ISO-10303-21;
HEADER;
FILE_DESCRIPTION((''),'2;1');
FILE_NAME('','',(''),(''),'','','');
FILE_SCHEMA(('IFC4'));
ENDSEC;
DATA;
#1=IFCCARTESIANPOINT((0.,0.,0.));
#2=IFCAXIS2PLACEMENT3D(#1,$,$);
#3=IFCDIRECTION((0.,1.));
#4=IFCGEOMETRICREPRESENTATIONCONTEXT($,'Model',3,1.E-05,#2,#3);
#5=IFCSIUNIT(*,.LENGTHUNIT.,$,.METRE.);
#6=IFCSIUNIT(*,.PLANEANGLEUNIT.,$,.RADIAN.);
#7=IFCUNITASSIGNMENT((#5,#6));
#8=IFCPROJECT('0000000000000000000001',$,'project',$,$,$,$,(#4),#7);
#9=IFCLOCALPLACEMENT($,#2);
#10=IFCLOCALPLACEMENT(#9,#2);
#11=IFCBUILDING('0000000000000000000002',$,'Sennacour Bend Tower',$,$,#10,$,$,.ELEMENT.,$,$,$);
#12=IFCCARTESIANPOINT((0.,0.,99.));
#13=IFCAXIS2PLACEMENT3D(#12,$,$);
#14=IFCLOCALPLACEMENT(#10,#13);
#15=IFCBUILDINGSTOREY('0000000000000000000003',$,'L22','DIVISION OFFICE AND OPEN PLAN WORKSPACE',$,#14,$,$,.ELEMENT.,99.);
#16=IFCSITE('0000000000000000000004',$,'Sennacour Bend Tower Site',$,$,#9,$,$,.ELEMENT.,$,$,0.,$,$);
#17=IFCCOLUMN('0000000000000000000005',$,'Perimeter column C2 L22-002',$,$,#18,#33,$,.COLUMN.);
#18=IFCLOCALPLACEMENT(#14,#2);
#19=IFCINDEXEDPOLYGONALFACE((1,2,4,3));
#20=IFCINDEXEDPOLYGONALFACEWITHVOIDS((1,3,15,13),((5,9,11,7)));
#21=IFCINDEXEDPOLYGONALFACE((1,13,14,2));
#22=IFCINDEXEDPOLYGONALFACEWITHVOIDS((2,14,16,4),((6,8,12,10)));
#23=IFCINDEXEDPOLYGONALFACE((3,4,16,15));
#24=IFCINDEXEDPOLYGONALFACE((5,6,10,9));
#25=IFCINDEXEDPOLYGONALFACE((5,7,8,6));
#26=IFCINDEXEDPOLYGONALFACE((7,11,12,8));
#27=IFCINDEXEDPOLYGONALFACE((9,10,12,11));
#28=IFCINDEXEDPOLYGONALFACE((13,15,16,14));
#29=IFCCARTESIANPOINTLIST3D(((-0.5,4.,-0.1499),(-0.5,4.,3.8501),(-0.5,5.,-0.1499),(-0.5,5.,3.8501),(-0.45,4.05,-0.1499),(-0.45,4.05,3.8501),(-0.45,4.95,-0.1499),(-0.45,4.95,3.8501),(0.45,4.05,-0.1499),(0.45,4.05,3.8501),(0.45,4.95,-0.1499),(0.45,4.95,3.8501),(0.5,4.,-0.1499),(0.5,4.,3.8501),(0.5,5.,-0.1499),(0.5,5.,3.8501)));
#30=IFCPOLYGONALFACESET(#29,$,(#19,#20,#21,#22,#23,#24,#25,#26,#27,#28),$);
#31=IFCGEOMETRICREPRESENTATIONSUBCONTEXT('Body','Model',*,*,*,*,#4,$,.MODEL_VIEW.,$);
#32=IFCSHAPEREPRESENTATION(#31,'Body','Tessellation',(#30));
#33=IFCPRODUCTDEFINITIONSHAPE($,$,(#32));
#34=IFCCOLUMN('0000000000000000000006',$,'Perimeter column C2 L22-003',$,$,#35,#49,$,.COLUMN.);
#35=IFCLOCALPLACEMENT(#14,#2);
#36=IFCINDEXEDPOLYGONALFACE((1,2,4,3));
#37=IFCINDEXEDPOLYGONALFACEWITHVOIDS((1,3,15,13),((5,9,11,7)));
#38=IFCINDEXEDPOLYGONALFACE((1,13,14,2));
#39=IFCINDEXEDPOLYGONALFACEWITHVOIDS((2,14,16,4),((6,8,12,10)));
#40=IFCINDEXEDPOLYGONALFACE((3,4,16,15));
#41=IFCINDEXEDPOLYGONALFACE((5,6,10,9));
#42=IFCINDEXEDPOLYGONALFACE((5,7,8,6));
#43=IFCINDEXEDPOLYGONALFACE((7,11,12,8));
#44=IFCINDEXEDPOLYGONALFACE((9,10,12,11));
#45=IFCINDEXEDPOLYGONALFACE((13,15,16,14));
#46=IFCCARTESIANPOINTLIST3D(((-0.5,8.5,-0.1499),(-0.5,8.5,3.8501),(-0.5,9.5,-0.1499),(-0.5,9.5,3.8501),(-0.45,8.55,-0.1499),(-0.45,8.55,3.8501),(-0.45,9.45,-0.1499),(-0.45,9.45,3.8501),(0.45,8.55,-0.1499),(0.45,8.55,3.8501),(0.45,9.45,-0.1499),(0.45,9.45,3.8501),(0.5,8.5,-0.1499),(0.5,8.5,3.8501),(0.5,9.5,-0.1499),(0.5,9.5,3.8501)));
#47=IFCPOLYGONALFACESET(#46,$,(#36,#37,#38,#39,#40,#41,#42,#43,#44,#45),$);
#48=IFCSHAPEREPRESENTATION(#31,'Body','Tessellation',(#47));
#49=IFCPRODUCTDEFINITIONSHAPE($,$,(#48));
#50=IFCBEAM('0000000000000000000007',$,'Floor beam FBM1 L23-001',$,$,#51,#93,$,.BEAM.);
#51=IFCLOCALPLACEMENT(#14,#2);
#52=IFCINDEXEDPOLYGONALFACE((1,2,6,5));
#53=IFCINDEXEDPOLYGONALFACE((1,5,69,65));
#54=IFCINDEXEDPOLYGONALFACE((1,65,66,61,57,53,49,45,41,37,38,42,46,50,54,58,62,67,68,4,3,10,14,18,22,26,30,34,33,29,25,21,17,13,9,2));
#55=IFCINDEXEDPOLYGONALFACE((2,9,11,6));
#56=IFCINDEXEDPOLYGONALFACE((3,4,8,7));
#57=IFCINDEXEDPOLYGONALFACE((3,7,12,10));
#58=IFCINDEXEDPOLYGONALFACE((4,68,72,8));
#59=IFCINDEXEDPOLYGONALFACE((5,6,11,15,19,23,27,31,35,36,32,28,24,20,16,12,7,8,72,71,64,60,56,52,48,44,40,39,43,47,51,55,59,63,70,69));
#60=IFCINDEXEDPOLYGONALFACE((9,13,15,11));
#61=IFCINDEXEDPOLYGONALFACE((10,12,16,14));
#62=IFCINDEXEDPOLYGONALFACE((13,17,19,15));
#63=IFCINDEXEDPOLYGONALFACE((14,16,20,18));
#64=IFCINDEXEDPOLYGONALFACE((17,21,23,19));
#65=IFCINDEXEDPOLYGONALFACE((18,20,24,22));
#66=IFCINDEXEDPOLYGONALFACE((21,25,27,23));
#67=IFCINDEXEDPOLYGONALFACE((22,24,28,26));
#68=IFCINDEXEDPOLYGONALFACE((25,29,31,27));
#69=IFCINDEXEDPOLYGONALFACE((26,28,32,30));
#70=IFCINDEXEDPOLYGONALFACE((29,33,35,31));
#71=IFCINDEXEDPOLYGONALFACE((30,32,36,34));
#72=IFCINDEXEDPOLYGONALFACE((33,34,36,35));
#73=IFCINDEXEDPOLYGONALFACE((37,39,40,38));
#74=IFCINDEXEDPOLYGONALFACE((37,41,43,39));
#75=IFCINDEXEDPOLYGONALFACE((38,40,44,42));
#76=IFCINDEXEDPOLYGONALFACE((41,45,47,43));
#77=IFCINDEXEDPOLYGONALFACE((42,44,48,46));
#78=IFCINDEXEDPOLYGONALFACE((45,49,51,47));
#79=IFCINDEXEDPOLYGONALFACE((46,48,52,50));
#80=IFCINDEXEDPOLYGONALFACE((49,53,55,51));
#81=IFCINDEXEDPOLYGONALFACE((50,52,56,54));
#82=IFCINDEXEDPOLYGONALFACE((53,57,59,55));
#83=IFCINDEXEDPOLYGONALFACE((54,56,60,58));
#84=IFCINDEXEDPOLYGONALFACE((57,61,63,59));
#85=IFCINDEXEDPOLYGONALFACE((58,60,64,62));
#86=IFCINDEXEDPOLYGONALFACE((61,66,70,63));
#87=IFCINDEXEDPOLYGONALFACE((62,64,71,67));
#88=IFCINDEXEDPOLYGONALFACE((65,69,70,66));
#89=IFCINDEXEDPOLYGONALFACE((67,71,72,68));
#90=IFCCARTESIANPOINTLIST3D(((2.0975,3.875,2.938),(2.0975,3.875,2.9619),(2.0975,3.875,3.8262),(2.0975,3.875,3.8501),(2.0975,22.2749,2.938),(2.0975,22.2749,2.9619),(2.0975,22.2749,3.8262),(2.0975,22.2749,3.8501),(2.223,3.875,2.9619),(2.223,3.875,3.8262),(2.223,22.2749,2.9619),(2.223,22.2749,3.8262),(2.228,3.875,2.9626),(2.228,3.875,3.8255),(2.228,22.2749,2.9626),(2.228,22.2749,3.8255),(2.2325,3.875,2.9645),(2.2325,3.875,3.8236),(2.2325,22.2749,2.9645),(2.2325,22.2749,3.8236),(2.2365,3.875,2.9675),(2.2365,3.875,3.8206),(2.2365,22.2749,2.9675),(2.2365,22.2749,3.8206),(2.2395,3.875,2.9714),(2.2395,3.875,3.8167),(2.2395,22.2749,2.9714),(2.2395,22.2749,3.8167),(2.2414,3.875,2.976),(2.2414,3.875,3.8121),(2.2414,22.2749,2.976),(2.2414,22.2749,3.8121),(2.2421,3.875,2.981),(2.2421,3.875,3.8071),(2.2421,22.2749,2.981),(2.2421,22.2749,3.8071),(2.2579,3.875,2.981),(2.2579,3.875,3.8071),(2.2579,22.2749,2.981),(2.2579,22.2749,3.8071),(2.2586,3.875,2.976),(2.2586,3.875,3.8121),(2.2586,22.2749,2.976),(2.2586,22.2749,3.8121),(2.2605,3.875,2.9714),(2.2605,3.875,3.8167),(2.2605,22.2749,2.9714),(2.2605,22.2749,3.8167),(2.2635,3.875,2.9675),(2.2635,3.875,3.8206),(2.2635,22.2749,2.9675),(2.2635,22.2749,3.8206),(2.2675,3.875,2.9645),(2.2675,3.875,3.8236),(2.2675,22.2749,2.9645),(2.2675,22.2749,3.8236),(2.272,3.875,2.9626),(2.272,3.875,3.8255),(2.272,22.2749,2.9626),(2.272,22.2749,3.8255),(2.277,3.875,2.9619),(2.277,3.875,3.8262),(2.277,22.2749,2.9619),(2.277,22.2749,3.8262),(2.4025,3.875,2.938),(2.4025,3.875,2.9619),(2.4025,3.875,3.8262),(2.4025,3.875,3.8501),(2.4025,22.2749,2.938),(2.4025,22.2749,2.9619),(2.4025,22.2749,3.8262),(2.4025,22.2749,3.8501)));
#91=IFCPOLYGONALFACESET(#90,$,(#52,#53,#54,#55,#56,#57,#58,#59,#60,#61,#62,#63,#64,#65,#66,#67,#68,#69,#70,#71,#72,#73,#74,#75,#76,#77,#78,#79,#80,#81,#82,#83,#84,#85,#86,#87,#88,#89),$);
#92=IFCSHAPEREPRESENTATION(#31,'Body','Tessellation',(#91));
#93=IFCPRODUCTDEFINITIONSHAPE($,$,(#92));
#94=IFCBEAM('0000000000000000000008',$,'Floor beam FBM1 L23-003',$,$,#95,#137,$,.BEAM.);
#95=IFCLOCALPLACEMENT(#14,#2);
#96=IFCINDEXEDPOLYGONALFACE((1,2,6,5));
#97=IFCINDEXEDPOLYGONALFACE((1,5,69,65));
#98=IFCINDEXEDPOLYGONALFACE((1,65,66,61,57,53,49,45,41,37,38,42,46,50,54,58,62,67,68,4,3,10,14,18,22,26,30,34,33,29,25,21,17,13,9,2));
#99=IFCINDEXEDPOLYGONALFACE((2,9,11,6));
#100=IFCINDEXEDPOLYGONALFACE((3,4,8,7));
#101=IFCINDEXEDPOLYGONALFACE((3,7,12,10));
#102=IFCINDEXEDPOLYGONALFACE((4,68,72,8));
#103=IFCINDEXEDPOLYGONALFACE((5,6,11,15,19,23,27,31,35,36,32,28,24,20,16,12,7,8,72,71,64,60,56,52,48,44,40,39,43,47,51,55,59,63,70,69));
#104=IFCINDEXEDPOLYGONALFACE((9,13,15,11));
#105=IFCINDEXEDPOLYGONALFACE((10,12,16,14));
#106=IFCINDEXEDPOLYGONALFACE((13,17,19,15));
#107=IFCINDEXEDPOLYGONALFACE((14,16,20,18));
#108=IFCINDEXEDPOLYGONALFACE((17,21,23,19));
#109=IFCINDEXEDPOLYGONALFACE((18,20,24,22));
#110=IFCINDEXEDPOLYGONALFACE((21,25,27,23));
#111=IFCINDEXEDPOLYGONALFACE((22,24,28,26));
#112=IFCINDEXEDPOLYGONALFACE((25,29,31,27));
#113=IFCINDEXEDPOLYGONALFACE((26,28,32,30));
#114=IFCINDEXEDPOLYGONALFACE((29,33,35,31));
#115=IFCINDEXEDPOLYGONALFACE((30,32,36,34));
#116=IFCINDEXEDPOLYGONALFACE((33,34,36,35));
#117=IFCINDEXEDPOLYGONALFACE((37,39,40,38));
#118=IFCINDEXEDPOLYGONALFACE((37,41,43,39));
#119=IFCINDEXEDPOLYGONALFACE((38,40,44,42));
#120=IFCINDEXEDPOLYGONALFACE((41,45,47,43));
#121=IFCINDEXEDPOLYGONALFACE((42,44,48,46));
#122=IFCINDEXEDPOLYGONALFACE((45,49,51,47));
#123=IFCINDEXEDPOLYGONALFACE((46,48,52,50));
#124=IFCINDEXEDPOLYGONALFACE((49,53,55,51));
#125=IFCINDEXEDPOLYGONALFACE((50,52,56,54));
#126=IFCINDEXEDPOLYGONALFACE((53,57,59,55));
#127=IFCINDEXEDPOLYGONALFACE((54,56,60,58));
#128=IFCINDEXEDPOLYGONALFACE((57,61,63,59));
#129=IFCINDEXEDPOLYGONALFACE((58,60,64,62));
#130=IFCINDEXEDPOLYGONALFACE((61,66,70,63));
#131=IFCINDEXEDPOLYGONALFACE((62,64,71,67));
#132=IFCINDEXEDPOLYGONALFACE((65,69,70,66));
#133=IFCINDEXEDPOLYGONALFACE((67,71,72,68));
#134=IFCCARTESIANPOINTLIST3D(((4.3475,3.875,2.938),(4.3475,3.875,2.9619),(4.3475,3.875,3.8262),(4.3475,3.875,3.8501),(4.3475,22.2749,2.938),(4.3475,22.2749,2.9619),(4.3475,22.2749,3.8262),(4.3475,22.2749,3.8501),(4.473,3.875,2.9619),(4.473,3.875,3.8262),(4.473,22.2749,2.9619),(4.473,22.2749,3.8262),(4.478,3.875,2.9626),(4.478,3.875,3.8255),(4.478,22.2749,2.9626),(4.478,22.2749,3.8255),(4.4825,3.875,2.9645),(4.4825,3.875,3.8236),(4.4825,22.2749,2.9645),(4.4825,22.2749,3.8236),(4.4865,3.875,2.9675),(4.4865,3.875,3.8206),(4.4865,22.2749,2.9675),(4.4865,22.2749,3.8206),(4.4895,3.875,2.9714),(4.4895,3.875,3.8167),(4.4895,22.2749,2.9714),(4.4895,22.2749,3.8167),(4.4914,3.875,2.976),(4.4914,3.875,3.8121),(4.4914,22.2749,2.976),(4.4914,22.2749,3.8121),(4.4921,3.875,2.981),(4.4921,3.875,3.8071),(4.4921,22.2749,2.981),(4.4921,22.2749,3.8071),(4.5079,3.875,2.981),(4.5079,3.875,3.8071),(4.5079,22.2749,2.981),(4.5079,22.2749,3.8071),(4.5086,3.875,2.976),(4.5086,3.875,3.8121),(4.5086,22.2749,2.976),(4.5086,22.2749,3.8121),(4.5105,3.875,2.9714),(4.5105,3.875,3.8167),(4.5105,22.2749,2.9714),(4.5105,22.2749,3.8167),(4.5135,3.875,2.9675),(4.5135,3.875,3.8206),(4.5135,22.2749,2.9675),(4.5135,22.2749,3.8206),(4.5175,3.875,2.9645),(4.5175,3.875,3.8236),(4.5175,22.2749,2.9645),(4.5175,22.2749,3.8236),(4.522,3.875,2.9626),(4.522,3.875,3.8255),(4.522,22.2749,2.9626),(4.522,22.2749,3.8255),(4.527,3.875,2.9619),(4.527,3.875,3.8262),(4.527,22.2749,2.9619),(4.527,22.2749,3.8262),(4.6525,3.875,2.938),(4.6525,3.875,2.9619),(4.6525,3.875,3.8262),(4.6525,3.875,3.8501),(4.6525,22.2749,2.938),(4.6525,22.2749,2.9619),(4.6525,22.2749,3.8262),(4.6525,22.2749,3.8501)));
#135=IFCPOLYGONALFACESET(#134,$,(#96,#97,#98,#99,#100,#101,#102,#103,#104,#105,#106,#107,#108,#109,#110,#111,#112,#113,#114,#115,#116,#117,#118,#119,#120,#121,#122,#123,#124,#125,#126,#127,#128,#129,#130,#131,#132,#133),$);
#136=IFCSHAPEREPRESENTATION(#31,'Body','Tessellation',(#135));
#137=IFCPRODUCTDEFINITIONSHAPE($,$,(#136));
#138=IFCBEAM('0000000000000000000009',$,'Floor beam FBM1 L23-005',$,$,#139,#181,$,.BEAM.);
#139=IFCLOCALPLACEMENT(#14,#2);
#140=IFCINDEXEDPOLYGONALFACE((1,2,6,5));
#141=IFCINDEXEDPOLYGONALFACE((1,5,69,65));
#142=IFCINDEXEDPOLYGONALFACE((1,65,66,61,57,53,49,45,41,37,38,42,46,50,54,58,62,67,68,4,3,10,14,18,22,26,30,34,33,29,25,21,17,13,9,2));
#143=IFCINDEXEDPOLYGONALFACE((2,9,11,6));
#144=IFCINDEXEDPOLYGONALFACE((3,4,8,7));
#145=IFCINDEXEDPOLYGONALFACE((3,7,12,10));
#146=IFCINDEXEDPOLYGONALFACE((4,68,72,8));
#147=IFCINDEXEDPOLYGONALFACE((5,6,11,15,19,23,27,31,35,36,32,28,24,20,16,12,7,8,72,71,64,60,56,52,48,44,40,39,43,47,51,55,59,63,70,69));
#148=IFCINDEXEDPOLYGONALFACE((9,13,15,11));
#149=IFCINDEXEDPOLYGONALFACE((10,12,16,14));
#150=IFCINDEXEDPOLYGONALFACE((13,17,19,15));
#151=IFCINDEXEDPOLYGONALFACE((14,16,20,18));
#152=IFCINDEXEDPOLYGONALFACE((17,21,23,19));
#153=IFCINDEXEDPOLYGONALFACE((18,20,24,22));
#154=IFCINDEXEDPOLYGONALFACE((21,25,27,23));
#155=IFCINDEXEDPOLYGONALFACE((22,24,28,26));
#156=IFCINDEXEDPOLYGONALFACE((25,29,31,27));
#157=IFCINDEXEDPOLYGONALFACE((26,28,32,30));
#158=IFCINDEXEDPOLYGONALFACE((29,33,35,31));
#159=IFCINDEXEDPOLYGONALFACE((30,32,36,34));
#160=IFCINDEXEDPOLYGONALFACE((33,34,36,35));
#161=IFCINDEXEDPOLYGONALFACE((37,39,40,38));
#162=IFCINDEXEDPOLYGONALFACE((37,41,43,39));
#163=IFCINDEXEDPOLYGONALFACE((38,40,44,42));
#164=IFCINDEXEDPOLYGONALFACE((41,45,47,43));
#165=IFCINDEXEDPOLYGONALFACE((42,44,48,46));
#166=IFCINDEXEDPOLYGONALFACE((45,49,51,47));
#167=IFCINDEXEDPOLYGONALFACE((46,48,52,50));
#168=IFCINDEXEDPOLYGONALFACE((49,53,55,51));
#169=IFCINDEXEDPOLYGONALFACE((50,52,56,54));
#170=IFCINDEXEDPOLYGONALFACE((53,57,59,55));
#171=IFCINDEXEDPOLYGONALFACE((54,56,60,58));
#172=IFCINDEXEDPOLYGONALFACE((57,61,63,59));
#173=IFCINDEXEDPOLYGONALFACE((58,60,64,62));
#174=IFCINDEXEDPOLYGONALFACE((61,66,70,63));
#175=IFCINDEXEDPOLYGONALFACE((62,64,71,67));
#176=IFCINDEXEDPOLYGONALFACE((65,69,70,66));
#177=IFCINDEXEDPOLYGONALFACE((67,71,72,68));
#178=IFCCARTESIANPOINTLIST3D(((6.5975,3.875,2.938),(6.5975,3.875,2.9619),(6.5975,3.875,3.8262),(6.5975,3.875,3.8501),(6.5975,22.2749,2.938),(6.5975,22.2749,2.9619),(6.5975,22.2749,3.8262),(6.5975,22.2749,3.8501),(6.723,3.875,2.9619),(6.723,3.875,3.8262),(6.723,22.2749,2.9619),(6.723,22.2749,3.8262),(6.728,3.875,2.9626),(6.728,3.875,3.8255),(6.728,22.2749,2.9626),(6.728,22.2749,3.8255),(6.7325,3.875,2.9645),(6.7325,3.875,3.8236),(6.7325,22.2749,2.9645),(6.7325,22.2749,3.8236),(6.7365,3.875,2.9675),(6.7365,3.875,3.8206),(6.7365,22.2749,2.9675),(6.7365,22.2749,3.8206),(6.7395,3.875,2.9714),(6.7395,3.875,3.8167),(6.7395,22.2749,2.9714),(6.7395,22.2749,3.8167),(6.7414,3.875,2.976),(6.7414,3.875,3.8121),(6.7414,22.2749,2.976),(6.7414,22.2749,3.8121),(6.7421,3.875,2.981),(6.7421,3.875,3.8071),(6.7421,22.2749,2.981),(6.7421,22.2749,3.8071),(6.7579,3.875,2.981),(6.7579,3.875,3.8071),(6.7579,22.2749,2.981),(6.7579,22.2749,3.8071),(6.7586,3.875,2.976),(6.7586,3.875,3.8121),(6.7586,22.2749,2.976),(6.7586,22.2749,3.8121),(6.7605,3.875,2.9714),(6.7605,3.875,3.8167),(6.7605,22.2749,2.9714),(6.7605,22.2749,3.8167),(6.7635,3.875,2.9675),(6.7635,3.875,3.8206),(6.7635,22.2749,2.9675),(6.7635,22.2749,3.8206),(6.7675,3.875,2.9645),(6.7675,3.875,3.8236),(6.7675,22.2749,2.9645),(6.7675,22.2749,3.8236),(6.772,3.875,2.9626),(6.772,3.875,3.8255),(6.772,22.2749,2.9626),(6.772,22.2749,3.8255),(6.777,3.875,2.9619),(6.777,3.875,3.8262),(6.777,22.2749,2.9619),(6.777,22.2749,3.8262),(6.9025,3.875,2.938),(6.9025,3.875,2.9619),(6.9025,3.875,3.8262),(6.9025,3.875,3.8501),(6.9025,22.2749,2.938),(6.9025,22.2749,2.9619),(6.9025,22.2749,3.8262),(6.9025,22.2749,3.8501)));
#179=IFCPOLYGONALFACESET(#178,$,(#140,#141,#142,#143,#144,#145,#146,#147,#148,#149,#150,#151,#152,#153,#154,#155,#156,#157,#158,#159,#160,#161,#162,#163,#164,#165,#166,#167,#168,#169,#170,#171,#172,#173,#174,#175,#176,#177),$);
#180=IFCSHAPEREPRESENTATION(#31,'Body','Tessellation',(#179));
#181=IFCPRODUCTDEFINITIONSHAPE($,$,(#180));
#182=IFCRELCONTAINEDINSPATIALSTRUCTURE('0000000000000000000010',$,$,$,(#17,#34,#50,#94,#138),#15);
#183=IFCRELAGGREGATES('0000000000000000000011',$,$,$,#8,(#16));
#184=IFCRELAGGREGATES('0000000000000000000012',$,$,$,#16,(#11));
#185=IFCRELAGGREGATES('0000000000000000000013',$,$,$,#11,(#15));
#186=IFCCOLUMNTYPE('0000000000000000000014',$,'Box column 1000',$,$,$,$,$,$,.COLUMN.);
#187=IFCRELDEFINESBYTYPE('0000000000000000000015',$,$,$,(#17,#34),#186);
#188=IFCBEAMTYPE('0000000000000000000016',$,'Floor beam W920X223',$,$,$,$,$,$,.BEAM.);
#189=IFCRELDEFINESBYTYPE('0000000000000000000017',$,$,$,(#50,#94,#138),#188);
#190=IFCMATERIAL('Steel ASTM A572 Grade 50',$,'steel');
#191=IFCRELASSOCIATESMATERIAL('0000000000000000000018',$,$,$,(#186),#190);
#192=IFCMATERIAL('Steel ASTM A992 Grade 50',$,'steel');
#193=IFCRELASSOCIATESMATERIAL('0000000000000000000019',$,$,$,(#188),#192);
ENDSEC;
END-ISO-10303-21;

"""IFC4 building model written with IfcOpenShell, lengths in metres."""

from ifc_helpers import new_model, si_unit, direction, frame, origin, origin_2d, place, context, subcontext, project, spatial, hollow_rectangle, i_section, extrude, material, material_profile, profile_set, type_object, element, save


model = new_model("IFC4")

# Units and contexts
model_context = context("Model", 3, precision=1e-05, world=origin(), true_north=direction((0.0, 1.0)))
body_context = subcontext(model_context, "Body", "Model", "MODEL_VIEW")
ifc_project = project(units=[si_unit("LENGTHUNIT", "METRE"), si_unit("PLANEANGLEUNIT", "RADIAN")], contexts=[model_context])

# Site, building, storey
site_placement = place(None, origin())
site = spatial("IfcSite", under=ifc_project, at=site_placement, Name="Sennacour Bend Tower Site", CompositionType="ELEMENT", RefElevation=0.0)
building_placement = place(site_placement, origin())
building = spatial("IfcBuilding", under=site, at=building_placement, Name="Sennacour Bend Tower", CompositionType="ELEMENT")
storey_placement = place(building_placement, frame((0.0, 0.0, 99.0)))
storey = spatial("IfcBuildingStorey", under=building, at=storey_placement, Name="L22", Description="DIVISION OFFICE AND OPEN PLAN WORKSPACE", CompositionType="ELEMENT", Elevation=99.0)

# Columns
ifc_material_1 = material(Name="Steel ASTM A572 Grade 50", Category="steel")
ifc_material_profile_1 = material_profile(ifc_material_1, hollow_rectangle(XDim=1.0, YDim=1.0, WallThickness=0.05, at=origin_2d()), Name="Steel ASTM A572 Grade 50", Category="steel")
ifc_profile_set_1 = profile_set([ifc_material_profile_1], Name="Steel ASTM A572 Grade 50")
column_type = type_object("IfcColumnType", Name="Box column 1000", PredefinedType="COLUMN", material=ifc_profile_set_1)
for number, where, z_axis, x_axis, name in (
    (1, (0.0, 4.5, -0.1499), (0.0, 0.0, 1.0), (1.0, 0.0, 0.0), "Perimeter column C2 L22-002"),
    (2, (0.0, 9.0, -0.1499), (0.0, 0.0, 1.0), (1.0, 0.0, 0.0), "Perimeter column C2 L22-003"),
):
    element("IfcColumn", number, at=place(storey_placement, frame(where, z_axis=z_axis, x_axis=x_axis)), inside=storey, type_object=column_type, Name=name, PredefinedType="COLUMN", context=body_context, shape_type="SweptSolid", body=[
        extrude(hollow_rectangle(XDim=1.0, YDim=1.0, WallThickness=0.05, at=origin_2d()), origin(), (0.0, 0.0, 1.0), 4.0),
    ])

# Beams
ifc_material_2 = material(Name="Steel ASTM A992 Grade 50", Category="steel")
ifc_material_profile_2 = material_profile(ifc_material_2, i_section(OverallWidth=0.3049, OverallDepth=0.9121, WebThickness=0.0159, FlangeThickness=0.0239, FilletRadius=0.019, at=origin_2d()), Name="Steel ASTM A992 Grade 50", Category="steel")
ifc_profile_set_2 = profile_set([ifc_material_profile_2], Name="Steel ASTM A992 Grade 50")
beam_type_1 = type_object("IfcBeamType", Name="Floor beam W920X223", PredefinedType="BEAM", material=ifc_profile_set_2)
for number, where, z_axis, x_axis, name in (
    (3, (2.25, 3.875, 3.394), (0.0, 1.0, 0.0), (-1.0, 0.0, 0.0), "Floor beam FBM1 L23-001"),
    (4, (4.5, 3.875, 3.394), (0.0, 1.0, 0.0), (-1.0, 0.0, 0.0), "Floor beam FBM1 L23-003"),
    (5, (6.75, 3.875, 3.394), (0.0, 1.0, 0.0), (-1.0, 0.0, 0.0), "Floor beam FBM1 L23-005"),
):
    element("IfcBeam", number, at=place(storey_placement, frame(where, z_axis=z_axis, x_axis=x_axis)), inside=storey, type_object=beam_type_1, Name=name, PredefinedType="BEAM", context=body_context, shape_type="SweptSolid", body=[
        extrude(i_section(OverallWidth=0.3049, OverallDepth=0.9121, WebThickness=0.0159, FlangeThickness=0.0239, FilletRadius=0.019, at=origin_2d()), origin(), (0.0, 0.0, 1.0), 18.3999),
    ])

save(model, "model.ifc")
